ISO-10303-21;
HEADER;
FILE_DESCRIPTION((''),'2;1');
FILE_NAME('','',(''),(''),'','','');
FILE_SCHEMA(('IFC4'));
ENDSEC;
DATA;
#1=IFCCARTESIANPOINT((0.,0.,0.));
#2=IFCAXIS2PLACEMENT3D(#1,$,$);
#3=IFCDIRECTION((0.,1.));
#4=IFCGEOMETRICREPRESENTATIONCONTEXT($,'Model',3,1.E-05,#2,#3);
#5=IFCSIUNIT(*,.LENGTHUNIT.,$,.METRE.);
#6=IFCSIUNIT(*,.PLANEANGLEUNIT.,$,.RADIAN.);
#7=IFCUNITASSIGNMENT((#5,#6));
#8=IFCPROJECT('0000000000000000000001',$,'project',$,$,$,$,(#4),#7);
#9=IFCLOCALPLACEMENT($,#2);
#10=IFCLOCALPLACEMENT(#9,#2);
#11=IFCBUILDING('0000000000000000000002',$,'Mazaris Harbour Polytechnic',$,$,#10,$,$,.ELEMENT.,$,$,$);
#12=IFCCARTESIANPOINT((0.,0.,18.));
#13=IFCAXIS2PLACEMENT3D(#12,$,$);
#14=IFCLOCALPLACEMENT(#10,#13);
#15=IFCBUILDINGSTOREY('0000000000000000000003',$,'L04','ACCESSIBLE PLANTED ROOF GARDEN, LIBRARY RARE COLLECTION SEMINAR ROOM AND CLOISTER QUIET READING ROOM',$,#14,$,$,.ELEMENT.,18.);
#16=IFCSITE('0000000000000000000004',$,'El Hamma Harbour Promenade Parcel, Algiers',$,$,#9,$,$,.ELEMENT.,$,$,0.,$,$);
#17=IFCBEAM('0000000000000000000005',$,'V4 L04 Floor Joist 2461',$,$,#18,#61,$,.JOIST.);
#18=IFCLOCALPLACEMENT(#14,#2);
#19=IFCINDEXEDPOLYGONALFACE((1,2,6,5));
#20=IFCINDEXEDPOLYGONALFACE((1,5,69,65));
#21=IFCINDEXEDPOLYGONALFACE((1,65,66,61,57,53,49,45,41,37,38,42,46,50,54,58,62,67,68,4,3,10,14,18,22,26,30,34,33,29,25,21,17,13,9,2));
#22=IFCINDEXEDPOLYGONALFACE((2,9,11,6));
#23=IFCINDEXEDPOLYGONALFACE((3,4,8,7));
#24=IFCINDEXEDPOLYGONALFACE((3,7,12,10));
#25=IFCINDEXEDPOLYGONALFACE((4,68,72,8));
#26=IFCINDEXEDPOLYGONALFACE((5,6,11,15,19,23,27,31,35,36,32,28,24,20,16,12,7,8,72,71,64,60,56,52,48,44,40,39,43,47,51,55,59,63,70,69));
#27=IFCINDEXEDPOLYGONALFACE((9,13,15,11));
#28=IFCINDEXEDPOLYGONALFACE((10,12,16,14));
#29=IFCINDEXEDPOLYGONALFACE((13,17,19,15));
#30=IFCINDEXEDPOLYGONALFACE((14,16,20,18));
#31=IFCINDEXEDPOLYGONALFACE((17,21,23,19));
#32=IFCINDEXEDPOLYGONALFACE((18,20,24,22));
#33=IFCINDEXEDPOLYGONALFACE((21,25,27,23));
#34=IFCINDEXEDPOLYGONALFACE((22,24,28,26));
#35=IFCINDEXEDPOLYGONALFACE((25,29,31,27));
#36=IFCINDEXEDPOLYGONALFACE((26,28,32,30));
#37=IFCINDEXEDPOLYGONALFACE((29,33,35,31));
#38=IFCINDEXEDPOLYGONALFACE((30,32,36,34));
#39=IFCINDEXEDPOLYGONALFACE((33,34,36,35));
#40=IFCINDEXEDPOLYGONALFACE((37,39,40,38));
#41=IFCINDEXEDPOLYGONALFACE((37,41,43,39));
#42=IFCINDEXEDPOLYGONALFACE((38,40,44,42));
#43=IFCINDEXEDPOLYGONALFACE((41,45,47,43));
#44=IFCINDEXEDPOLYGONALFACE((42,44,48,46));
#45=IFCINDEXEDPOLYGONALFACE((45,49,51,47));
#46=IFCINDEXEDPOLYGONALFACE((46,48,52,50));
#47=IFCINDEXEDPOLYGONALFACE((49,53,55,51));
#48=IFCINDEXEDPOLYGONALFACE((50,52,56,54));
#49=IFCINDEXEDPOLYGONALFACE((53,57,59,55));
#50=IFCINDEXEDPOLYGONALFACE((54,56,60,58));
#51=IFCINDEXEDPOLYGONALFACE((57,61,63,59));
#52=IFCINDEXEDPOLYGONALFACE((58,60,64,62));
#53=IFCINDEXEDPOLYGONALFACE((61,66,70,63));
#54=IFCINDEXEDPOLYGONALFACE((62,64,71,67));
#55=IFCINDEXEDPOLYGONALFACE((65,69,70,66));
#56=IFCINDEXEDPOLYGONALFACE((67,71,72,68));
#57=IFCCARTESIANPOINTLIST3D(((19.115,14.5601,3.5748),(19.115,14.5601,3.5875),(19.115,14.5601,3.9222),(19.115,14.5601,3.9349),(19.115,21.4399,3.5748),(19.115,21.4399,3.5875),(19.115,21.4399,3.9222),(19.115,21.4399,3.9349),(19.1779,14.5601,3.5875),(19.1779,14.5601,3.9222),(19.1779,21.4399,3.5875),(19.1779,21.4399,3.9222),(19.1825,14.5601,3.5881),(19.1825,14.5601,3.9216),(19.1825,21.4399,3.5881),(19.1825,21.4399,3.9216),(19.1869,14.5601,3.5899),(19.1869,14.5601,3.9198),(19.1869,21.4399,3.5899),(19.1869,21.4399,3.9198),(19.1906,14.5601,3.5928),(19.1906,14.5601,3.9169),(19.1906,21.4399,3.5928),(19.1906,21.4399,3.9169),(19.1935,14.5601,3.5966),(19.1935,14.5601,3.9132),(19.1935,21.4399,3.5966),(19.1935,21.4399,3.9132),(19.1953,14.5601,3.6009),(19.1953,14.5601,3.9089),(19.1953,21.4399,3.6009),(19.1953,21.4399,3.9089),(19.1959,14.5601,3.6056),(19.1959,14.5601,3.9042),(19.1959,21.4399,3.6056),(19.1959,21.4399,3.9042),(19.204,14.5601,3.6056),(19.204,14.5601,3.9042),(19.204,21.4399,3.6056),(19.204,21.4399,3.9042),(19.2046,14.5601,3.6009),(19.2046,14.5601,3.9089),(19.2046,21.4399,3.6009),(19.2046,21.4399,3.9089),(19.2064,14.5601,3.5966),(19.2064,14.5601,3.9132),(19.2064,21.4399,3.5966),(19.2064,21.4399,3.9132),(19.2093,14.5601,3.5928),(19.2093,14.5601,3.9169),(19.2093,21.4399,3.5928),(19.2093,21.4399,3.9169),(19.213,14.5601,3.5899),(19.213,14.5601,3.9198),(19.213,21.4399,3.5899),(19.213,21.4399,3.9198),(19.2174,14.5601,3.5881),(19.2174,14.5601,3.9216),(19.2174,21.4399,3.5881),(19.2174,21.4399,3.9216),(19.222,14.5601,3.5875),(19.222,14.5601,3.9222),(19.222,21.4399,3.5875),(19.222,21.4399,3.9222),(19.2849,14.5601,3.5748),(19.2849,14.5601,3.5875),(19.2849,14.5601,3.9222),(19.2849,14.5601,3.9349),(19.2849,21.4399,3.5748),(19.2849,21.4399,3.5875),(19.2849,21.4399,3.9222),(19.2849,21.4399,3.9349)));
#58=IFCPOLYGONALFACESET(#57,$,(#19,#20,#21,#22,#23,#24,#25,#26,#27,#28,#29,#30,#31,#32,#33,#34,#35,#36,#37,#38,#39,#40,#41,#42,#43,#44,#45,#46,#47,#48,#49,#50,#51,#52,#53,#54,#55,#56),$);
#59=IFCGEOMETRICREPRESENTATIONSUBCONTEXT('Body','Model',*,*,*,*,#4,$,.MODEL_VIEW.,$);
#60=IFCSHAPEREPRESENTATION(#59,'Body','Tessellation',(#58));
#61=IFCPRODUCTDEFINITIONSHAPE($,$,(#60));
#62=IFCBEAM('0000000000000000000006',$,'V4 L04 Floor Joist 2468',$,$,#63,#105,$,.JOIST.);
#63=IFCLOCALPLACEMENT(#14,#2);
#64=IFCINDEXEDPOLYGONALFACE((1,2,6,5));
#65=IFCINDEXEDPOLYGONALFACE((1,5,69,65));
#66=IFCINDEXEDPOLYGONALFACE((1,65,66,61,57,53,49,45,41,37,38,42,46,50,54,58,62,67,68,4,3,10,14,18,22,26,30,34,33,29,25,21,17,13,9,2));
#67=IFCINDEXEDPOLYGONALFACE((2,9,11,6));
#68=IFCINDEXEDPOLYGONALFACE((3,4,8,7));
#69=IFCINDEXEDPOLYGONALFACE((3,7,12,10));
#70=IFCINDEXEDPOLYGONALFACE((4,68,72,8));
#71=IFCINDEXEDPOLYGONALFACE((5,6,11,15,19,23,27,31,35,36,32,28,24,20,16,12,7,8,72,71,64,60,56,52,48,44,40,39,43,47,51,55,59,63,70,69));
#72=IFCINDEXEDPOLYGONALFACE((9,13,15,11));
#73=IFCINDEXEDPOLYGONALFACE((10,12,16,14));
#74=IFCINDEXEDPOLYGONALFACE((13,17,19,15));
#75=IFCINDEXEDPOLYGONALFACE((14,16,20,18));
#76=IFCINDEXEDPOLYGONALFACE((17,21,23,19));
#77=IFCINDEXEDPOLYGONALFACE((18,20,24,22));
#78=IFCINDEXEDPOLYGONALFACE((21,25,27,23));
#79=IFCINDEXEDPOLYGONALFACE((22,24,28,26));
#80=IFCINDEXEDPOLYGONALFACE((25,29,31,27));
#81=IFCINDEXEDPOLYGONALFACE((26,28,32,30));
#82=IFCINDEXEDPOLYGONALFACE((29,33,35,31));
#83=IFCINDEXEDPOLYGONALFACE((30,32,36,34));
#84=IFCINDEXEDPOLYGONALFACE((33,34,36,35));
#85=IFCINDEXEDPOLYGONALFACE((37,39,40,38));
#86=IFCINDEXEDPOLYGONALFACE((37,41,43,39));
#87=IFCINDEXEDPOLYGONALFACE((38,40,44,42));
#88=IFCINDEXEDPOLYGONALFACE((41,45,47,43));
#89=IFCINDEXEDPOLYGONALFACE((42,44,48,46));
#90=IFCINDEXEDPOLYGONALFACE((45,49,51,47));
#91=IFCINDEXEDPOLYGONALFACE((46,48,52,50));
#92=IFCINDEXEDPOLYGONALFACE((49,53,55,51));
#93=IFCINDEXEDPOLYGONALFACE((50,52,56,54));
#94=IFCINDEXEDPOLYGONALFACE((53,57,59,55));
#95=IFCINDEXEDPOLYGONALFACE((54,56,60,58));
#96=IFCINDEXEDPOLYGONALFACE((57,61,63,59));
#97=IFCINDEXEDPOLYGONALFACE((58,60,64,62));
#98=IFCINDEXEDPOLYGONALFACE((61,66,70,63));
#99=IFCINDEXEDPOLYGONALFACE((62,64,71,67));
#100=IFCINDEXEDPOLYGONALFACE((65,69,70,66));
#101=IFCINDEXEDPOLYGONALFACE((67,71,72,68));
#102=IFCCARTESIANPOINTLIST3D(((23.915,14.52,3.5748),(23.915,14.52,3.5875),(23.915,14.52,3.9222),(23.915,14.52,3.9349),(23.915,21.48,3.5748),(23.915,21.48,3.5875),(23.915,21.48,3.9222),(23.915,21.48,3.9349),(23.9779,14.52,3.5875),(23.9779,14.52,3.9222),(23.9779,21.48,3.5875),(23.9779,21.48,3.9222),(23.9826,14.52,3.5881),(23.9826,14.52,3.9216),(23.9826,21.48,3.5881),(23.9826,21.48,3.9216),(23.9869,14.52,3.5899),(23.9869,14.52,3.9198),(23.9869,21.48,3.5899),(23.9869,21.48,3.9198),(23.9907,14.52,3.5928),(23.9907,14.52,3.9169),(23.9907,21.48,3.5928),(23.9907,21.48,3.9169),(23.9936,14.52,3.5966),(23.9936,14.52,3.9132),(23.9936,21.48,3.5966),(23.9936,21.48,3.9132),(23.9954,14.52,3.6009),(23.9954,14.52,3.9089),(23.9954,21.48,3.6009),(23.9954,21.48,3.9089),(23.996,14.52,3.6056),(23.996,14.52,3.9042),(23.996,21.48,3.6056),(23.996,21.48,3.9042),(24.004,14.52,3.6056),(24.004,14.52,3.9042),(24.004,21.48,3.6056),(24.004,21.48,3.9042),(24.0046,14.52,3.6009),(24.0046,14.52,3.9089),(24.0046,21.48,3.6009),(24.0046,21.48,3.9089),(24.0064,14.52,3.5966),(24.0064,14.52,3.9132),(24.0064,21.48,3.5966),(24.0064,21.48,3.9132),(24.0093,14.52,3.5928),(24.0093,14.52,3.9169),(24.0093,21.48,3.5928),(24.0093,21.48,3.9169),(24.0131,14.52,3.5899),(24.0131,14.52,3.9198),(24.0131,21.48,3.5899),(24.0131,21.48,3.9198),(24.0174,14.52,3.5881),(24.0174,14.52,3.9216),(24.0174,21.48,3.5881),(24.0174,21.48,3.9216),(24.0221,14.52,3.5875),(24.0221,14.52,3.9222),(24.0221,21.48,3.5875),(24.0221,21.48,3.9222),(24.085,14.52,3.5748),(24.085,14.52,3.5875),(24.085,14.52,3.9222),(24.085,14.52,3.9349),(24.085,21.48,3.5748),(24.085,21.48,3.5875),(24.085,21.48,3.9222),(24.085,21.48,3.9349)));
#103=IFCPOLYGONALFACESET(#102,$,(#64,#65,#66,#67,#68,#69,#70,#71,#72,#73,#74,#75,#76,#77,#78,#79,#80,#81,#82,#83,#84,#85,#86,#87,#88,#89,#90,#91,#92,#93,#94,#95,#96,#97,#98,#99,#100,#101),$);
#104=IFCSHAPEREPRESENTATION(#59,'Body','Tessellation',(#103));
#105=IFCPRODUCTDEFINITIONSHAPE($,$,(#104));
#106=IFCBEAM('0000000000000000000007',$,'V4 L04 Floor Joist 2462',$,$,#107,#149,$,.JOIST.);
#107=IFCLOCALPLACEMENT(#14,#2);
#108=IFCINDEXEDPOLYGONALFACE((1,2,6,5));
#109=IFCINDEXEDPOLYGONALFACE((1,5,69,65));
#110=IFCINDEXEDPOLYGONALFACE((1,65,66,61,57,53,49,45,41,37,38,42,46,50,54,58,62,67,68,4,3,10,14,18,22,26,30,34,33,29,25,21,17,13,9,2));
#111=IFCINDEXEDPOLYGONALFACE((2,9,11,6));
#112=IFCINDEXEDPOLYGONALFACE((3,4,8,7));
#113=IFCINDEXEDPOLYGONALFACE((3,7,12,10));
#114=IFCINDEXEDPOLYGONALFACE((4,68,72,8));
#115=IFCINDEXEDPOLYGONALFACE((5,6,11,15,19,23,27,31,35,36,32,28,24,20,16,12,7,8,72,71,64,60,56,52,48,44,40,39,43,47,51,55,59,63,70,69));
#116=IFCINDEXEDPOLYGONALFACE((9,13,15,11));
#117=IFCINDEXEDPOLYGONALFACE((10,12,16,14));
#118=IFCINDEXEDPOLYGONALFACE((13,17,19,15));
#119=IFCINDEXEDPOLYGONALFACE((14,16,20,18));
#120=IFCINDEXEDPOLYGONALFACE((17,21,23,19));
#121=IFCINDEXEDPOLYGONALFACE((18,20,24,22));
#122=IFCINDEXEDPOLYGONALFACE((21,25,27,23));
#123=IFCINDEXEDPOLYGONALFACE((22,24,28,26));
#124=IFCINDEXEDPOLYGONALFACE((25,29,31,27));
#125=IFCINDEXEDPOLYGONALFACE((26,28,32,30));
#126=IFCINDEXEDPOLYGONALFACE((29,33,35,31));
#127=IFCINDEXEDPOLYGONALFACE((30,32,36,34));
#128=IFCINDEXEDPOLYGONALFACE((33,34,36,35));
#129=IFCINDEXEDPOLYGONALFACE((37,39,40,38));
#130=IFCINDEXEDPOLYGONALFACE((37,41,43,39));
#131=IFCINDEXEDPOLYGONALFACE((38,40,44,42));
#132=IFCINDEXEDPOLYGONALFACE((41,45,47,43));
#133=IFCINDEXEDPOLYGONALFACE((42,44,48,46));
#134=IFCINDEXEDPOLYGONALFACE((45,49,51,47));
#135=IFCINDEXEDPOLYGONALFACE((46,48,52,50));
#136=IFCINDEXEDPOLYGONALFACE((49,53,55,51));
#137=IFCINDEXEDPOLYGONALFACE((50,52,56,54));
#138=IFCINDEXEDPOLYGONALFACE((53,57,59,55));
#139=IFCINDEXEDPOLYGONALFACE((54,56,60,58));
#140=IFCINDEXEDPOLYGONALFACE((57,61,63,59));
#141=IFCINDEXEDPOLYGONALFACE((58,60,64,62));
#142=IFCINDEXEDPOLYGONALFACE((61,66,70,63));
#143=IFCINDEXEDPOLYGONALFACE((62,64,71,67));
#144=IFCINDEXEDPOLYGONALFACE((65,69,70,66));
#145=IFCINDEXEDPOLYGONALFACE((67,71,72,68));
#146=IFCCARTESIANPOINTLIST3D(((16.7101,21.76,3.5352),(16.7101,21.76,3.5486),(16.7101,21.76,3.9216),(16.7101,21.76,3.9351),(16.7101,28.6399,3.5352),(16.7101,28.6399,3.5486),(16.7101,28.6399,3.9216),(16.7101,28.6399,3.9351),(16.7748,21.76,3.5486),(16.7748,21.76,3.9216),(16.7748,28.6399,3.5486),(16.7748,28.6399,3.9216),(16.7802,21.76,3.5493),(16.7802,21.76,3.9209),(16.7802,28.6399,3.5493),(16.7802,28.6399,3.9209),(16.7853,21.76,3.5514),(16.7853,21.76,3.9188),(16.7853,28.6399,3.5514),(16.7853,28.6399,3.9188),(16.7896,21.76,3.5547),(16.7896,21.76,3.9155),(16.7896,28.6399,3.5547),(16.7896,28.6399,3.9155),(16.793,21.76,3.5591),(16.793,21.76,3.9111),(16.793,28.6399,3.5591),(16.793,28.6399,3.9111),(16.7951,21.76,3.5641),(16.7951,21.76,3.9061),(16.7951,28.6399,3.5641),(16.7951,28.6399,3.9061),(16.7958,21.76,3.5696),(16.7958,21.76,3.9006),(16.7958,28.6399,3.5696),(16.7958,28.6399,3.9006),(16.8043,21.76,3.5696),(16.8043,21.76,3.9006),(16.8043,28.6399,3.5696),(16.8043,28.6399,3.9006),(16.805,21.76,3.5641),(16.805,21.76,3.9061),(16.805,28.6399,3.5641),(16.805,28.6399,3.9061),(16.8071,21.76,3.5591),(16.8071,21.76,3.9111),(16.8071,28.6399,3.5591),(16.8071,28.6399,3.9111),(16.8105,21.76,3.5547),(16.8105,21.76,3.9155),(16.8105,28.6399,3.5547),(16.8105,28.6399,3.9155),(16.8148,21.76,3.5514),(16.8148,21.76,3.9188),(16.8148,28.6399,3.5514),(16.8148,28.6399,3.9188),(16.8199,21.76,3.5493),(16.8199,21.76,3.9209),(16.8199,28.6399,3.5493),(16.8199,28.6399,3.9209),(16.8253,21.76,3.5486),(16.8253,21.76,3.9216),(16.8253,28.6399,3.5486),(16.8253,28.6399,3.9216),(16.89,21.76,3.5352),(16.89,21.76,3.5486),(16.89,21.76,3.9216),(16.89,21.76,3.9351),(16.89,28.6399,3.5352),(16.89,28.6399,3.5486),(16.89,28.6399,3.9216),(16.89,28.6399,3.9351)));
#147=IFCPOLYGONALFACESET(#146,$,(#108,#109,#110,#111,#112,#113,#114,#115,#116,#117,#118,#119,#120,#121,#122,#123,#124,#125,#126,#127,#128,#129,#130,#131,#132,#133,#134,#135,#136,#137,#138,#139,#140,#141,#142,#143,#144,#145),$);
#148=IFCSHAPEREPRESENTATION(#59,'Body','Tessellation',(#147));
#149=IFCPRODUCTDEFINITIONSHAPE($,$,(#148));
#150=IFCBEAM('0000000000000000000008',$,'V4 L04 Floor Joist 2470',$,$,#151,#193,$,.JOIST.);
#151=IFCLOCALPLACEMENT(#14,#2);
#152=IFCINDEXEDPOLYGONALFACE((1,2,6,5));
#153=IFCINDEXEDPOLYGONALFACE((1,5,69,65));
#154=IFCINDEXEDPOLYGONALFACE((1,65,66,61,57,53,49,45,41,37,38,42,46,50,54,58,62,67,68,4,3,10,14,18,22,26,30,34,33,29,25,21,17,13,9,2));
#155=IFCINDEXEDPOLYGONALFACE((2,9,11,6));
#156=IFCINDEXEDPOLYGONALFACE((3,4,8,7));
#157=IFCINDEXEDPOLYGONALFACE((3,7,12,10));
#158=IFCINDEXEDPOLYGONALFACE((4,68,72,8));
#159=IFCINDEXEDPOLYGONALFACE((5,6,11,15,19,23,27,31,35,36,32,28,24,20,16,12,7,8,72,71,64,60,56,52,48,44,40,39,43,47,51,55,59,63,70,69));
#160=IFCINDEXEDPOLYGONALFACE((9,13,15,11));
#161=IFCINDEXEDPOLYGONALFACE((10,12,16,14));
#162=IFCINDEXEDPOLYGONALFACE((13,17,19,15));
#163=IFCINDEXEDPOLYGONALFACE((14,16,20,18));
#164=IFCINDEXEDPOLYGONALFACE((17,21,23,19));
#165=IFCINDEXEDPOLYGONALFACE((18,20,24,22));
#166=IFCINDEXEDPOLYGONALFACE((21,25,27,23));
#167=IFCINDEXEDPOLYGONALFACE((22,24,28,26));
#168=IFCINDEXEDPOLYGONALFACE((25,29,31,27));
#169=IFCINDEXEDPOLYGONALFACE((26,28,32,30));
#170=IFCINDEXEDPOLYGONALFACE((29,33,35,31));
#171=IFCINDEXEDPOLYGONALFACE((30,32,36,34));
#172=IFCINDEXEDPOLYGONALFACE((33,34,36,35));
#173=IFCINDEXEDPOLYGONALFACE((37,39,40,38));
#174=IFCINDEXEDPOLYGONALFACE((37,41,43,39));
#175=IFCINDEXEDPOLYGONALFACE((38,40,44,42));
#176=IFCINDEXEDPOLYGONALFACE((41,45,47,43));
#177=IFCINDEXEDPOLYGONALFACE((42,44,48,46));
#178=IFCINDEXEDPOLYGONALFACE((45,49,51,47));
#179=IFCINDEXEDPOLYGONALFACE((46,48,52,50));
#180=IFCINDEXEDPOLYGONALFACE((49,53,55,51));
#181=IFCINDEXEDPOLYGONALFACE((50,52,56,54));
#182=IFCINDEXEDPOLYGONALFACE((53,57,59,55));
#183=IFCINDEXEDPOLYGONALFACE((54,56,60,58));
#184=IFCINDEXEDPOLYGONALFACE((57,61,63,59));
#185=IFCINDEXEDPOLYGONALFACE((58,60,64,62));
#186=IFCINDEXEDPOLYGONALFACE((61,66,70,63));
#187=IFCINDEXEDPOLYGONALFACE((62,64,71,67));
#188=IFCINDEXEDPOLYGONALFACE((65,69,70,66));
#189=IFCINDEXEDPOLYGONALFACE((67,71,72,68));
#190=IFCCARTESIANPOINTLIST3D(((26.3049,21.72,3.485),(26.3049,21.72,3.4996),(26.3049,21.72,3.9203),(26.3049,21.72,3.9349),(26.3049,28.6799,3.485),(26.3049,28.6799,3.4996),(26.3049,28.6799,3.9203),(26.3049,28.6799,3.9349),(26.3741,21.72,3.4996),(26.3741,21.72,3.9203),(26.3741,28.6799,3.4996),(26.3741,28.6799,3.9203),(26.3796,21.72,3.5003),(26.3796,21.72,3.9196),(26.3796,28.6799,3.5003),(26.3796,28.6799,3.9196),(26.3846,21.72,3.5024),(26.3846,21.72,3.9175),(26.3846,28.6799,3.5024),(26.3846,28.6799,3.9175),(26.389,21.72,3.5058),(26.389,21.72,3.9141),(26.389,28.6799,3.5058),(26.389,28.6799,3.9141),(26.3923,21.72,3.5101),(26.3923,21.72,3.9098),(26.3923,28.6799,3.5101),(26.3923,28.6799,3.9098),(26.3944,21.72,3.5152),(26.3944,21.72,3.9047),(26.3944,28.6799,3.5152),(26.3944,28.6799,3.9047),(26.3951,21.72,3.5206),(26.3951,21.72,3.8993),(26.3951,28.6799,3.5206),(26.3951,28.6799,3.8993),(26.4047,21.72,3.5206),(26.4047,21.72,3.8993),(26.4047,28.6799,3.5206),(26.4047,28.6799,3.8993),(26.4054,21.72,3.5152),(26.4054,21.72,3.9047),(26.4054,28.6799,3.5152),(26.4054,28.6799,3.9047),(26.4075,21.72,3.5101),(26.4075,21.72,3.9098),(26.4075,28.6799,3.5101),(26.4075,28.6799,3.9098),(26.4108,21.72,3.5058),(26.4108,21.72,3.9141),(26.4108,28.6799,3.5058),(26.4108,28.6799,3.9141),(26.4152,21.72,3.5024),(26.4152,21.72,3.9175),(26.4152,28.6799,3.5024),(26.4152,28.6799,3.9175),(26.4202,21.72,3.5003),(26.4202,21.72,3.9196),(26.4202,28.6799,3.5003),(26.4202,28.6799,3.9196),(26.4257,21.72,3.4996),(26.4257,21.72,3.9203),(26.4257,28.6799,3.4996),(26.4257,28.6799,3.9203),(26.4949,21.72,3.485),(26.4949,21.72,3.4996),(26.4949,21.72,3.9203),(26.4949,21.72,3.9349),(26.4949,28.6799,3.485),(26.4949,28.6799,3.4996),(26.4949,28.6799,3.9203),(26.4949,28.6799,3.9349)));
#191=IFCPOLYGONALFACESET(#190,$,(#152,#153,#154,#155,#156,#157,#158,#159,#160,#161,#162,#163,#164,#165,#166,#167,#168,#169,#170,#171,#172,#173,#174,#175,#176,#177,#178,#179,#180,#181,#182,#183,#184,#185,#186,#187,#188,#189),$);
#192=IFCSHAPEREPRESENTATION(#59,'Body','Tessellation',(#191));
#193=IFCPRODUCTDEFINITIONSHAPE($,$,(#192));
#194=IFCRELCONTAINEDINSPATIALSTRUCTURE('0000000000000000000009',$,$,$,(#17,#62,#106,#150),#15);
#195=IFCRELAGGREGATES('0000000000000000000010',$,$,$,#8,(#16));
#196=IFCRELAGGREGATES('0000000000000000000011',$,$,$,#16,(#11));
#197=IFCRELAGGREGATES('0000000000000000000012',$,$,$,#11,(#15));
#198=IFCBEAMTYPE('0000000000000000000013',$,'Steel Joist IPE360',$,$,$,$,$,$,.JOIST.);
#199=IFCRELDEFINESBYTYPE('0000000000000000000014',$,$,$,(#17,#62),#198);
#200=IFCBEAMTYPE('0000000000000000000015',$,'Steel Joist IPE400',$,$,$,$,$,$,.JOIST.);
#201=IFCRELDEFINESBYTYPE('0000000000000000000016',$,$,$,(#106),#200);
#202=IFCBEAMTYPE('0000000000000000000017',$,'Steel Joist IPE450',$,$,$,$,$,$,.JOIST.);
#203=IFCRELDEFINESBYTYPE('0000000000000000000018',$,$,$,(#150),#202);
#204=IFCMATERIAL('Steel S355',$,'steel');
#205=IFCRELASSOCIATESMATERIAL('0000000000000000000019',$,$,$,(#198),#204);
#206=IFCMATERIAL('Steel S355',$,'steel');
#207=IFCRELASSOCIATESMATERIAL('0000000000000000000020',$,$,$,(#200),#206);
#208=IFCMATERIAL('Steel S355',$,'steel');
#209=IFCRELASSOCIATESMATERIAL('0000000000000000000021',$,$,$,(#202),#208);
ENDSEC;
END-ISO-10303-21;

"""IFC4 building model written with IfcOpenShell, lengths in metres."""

from ifc_helpers import new_model, si_unit, direction, frame, origin, origin_2d, place, context, subcontext, project, spatial, i_section, extrude, material, material_profile, profile_set, type_object, element, save


model = new_model("IFC4")

# Units and contexts
model_context = context("Model", 3, precision=1e-05, world=origin(), true_north=direction((0.0, 1.0)))
body_context = subcontext(model_context, "Body", "Model", "MODEL_VIEW")
ifc_project = project(units=[si_unit("LENGTHUNIT", "METRE"), si_unit("PLANEANGLEUNIT", "RADIAN")], contexts=[model_context])

# Site, building, storey
site_placement = place(None, origin())
site = spatial("IfcSite", under=ifc_project, at=site_placement, Name="El Hamma Harbour Promenade Parcel, Algiers", CompositionType="ELEMENT", RefElevation=0.0)
building_placement = place(site_placement, origin())
building = spatial("IfcBuilding", under=site, at=building_placement, Name="Mazaris Harbour Polytechnic", CompositionType="ELEMENT")
storey_placement = place(building_placement, frame((0.0, 0.0, 18.0)))
storey = spatial("IfcBuildingStorey", under=building, at=storey_placement, Name="L04", Description="ACCESSIBLE PLANTED ROOF GARDEN, LIBRARY RARE COLLECTION SEMINAR ROOM AND CLOISTER QUIET READING ROOM", CompositionType="ELEMENT", Elevation=18.0)

# Beams
ifc_material_1 = material(Name="Steel S355", Category="steel")
ifc_material_profile_1 = material_profile(ifc_material_1, i_section(OverallWidth=0.1699, OverallDepth=0.3601, WebThickness=0.0081, FlangeThickness=0.0127, FilletRadius=0.0181, at=origin_2d()), Name="IPE 360")
ifc_profile_set_1 = profile_set([ifc_material_profile_1], Name="Steel S355")
beam_type_1 = type_object("IfcBeamType", Name="Steel Joist IPE360", PredefinedType="JOIST", material=ifc_profile_set_1)
beam_1_placement = place(storey_placement, frame((19.2, 14.5601, 3.7549), z_axis=(0.0, 1.0, 0.0), x_axis=(-1.0, 0.0, 0.0)))
element("IfcBeam", 1, at=beam_1_placement, inside=storey, type_object=beam_type_1, Name="V4 L04 Floor Joist 2461", PredefinedType="JOIST", context=body_context, shape_type="SweptSolid", body=[
    extrude(i_section(OverallWidth=0.1699, OverallDepth=0.3601, WebThickness=0.0081, FlangeThickness=0.0127, FilletRadius=0.0181, at=origin_2d()), origin(), (0.0, 0.0, 1.0), 6.8799),
])
beam_2_placement = place(storey_placement, frame((24.0, 14.52, 3.7549), z_axis=(0.0, 1.0, 0.0), x_axis=(-1.0, 0.0, 0.0)))
element("IfcBeam", 2, at=beam_2_placement, inside=storey, type_object=beam_type_1, Name="V4 L04 Floor Joist 2468", PredefinedType="JOIST", context=body_context, shape_type="SweptSolid", body=[
    extrude(i_section(OverallWidth=0.1699, OverallDepth=0.3601, WebThickness=0.0081, FlangeThickness=0.0127, FilletRadius=0.0181, at=origin_2d()), origin(), (0.0, 0.0, 1.0), 6.96),
])
ifc_material_2 = material(Name="Steel S355", Category="steel")
ifc_material_profile_2 = material_profile(ifc_material_2, i_section(OverallWidth=0.1799, OverallDepth=0.3999, WebThickness=0.0085, FlangeThickness=0.0134, FilletRadius=0.021, at=origin_2d()), Name="IPE 400")
ifc_profile_set_2 = profile_set([ifc_material_profile_2], Name="Steel S355")
beam_type_2 = type_object("IfcBeamType", Name="Steel Joist IPE400", PredefinedType="JOIST", material=ifc_profile_set_2)
beam_3_placement = place(storey_placement, frame((16.8, 21.76, 3.7351), z_axis=(0.0, 1.0, 0.0), x_axis=(-1.0, 0.0, 0.0)))
element("IfcBeam", 3, at=beam_3_placement, inside=storey, type_object=beam_type_2, Name="V4 L04 Floor Joist 2462", PredefinedType="JOIST", context=body_context, shape_type="SweptSolid", body=[
    extrude(i_section(OverallWidth=0.1799, OverallDepth=0.3999, WebThickness=0.0085, FlangeThickness=0.0134, FilletRadius=0.021, at=origin_2d()), origin(), (0.0, 0.0, 1.0), 6.8799),
])
ifc_material_3 = material(Name="Steel S355", Category="steel")
ifc_material_profile_3 = material_profile(ifc_material_3, i_section(OverallWidth=0.1899, OverallDepth=0.45, WebThickness=0.0095, FlangeThickness=0.0146, FilletRadius=0.021, at=origin_2d()), Name="IPE 450")
ifc_profile_set_3 = profile_set([ifc_material_profile_3], Name="Steel S355")
beam_type_3 = type_object("IfcBeamType", Name="Steel Joist IPE450", PredefinedType="JOIST", material=ifc_profile_set_3)
beam_4_placement = place(storey_placement, frame((26.3999, 21.72, 3.71), z_axis=(0.0, 1.0, 0.0), x_axis=(-1.0, 0.0, 0.0)))
element("IfcBeam", 4, at=beam_4_placement, inside=storey, type_object=beam_type_3, Name="V4 L04 Floor Joist 2470", PredefinedType="JOIST", context=body_context, shape_type="SweptSolid", body=[
    extrude(i_section(OverallWidth=0.1899, OverallDepth=0.45, WebThickness=0.0095, FlangeThickness=0.0146, FilletRadius=0.021, at=origin_2d()), origin(), (0.0, 0.0, 1.0), 6.96),
])

save(model, "model.ifc")
